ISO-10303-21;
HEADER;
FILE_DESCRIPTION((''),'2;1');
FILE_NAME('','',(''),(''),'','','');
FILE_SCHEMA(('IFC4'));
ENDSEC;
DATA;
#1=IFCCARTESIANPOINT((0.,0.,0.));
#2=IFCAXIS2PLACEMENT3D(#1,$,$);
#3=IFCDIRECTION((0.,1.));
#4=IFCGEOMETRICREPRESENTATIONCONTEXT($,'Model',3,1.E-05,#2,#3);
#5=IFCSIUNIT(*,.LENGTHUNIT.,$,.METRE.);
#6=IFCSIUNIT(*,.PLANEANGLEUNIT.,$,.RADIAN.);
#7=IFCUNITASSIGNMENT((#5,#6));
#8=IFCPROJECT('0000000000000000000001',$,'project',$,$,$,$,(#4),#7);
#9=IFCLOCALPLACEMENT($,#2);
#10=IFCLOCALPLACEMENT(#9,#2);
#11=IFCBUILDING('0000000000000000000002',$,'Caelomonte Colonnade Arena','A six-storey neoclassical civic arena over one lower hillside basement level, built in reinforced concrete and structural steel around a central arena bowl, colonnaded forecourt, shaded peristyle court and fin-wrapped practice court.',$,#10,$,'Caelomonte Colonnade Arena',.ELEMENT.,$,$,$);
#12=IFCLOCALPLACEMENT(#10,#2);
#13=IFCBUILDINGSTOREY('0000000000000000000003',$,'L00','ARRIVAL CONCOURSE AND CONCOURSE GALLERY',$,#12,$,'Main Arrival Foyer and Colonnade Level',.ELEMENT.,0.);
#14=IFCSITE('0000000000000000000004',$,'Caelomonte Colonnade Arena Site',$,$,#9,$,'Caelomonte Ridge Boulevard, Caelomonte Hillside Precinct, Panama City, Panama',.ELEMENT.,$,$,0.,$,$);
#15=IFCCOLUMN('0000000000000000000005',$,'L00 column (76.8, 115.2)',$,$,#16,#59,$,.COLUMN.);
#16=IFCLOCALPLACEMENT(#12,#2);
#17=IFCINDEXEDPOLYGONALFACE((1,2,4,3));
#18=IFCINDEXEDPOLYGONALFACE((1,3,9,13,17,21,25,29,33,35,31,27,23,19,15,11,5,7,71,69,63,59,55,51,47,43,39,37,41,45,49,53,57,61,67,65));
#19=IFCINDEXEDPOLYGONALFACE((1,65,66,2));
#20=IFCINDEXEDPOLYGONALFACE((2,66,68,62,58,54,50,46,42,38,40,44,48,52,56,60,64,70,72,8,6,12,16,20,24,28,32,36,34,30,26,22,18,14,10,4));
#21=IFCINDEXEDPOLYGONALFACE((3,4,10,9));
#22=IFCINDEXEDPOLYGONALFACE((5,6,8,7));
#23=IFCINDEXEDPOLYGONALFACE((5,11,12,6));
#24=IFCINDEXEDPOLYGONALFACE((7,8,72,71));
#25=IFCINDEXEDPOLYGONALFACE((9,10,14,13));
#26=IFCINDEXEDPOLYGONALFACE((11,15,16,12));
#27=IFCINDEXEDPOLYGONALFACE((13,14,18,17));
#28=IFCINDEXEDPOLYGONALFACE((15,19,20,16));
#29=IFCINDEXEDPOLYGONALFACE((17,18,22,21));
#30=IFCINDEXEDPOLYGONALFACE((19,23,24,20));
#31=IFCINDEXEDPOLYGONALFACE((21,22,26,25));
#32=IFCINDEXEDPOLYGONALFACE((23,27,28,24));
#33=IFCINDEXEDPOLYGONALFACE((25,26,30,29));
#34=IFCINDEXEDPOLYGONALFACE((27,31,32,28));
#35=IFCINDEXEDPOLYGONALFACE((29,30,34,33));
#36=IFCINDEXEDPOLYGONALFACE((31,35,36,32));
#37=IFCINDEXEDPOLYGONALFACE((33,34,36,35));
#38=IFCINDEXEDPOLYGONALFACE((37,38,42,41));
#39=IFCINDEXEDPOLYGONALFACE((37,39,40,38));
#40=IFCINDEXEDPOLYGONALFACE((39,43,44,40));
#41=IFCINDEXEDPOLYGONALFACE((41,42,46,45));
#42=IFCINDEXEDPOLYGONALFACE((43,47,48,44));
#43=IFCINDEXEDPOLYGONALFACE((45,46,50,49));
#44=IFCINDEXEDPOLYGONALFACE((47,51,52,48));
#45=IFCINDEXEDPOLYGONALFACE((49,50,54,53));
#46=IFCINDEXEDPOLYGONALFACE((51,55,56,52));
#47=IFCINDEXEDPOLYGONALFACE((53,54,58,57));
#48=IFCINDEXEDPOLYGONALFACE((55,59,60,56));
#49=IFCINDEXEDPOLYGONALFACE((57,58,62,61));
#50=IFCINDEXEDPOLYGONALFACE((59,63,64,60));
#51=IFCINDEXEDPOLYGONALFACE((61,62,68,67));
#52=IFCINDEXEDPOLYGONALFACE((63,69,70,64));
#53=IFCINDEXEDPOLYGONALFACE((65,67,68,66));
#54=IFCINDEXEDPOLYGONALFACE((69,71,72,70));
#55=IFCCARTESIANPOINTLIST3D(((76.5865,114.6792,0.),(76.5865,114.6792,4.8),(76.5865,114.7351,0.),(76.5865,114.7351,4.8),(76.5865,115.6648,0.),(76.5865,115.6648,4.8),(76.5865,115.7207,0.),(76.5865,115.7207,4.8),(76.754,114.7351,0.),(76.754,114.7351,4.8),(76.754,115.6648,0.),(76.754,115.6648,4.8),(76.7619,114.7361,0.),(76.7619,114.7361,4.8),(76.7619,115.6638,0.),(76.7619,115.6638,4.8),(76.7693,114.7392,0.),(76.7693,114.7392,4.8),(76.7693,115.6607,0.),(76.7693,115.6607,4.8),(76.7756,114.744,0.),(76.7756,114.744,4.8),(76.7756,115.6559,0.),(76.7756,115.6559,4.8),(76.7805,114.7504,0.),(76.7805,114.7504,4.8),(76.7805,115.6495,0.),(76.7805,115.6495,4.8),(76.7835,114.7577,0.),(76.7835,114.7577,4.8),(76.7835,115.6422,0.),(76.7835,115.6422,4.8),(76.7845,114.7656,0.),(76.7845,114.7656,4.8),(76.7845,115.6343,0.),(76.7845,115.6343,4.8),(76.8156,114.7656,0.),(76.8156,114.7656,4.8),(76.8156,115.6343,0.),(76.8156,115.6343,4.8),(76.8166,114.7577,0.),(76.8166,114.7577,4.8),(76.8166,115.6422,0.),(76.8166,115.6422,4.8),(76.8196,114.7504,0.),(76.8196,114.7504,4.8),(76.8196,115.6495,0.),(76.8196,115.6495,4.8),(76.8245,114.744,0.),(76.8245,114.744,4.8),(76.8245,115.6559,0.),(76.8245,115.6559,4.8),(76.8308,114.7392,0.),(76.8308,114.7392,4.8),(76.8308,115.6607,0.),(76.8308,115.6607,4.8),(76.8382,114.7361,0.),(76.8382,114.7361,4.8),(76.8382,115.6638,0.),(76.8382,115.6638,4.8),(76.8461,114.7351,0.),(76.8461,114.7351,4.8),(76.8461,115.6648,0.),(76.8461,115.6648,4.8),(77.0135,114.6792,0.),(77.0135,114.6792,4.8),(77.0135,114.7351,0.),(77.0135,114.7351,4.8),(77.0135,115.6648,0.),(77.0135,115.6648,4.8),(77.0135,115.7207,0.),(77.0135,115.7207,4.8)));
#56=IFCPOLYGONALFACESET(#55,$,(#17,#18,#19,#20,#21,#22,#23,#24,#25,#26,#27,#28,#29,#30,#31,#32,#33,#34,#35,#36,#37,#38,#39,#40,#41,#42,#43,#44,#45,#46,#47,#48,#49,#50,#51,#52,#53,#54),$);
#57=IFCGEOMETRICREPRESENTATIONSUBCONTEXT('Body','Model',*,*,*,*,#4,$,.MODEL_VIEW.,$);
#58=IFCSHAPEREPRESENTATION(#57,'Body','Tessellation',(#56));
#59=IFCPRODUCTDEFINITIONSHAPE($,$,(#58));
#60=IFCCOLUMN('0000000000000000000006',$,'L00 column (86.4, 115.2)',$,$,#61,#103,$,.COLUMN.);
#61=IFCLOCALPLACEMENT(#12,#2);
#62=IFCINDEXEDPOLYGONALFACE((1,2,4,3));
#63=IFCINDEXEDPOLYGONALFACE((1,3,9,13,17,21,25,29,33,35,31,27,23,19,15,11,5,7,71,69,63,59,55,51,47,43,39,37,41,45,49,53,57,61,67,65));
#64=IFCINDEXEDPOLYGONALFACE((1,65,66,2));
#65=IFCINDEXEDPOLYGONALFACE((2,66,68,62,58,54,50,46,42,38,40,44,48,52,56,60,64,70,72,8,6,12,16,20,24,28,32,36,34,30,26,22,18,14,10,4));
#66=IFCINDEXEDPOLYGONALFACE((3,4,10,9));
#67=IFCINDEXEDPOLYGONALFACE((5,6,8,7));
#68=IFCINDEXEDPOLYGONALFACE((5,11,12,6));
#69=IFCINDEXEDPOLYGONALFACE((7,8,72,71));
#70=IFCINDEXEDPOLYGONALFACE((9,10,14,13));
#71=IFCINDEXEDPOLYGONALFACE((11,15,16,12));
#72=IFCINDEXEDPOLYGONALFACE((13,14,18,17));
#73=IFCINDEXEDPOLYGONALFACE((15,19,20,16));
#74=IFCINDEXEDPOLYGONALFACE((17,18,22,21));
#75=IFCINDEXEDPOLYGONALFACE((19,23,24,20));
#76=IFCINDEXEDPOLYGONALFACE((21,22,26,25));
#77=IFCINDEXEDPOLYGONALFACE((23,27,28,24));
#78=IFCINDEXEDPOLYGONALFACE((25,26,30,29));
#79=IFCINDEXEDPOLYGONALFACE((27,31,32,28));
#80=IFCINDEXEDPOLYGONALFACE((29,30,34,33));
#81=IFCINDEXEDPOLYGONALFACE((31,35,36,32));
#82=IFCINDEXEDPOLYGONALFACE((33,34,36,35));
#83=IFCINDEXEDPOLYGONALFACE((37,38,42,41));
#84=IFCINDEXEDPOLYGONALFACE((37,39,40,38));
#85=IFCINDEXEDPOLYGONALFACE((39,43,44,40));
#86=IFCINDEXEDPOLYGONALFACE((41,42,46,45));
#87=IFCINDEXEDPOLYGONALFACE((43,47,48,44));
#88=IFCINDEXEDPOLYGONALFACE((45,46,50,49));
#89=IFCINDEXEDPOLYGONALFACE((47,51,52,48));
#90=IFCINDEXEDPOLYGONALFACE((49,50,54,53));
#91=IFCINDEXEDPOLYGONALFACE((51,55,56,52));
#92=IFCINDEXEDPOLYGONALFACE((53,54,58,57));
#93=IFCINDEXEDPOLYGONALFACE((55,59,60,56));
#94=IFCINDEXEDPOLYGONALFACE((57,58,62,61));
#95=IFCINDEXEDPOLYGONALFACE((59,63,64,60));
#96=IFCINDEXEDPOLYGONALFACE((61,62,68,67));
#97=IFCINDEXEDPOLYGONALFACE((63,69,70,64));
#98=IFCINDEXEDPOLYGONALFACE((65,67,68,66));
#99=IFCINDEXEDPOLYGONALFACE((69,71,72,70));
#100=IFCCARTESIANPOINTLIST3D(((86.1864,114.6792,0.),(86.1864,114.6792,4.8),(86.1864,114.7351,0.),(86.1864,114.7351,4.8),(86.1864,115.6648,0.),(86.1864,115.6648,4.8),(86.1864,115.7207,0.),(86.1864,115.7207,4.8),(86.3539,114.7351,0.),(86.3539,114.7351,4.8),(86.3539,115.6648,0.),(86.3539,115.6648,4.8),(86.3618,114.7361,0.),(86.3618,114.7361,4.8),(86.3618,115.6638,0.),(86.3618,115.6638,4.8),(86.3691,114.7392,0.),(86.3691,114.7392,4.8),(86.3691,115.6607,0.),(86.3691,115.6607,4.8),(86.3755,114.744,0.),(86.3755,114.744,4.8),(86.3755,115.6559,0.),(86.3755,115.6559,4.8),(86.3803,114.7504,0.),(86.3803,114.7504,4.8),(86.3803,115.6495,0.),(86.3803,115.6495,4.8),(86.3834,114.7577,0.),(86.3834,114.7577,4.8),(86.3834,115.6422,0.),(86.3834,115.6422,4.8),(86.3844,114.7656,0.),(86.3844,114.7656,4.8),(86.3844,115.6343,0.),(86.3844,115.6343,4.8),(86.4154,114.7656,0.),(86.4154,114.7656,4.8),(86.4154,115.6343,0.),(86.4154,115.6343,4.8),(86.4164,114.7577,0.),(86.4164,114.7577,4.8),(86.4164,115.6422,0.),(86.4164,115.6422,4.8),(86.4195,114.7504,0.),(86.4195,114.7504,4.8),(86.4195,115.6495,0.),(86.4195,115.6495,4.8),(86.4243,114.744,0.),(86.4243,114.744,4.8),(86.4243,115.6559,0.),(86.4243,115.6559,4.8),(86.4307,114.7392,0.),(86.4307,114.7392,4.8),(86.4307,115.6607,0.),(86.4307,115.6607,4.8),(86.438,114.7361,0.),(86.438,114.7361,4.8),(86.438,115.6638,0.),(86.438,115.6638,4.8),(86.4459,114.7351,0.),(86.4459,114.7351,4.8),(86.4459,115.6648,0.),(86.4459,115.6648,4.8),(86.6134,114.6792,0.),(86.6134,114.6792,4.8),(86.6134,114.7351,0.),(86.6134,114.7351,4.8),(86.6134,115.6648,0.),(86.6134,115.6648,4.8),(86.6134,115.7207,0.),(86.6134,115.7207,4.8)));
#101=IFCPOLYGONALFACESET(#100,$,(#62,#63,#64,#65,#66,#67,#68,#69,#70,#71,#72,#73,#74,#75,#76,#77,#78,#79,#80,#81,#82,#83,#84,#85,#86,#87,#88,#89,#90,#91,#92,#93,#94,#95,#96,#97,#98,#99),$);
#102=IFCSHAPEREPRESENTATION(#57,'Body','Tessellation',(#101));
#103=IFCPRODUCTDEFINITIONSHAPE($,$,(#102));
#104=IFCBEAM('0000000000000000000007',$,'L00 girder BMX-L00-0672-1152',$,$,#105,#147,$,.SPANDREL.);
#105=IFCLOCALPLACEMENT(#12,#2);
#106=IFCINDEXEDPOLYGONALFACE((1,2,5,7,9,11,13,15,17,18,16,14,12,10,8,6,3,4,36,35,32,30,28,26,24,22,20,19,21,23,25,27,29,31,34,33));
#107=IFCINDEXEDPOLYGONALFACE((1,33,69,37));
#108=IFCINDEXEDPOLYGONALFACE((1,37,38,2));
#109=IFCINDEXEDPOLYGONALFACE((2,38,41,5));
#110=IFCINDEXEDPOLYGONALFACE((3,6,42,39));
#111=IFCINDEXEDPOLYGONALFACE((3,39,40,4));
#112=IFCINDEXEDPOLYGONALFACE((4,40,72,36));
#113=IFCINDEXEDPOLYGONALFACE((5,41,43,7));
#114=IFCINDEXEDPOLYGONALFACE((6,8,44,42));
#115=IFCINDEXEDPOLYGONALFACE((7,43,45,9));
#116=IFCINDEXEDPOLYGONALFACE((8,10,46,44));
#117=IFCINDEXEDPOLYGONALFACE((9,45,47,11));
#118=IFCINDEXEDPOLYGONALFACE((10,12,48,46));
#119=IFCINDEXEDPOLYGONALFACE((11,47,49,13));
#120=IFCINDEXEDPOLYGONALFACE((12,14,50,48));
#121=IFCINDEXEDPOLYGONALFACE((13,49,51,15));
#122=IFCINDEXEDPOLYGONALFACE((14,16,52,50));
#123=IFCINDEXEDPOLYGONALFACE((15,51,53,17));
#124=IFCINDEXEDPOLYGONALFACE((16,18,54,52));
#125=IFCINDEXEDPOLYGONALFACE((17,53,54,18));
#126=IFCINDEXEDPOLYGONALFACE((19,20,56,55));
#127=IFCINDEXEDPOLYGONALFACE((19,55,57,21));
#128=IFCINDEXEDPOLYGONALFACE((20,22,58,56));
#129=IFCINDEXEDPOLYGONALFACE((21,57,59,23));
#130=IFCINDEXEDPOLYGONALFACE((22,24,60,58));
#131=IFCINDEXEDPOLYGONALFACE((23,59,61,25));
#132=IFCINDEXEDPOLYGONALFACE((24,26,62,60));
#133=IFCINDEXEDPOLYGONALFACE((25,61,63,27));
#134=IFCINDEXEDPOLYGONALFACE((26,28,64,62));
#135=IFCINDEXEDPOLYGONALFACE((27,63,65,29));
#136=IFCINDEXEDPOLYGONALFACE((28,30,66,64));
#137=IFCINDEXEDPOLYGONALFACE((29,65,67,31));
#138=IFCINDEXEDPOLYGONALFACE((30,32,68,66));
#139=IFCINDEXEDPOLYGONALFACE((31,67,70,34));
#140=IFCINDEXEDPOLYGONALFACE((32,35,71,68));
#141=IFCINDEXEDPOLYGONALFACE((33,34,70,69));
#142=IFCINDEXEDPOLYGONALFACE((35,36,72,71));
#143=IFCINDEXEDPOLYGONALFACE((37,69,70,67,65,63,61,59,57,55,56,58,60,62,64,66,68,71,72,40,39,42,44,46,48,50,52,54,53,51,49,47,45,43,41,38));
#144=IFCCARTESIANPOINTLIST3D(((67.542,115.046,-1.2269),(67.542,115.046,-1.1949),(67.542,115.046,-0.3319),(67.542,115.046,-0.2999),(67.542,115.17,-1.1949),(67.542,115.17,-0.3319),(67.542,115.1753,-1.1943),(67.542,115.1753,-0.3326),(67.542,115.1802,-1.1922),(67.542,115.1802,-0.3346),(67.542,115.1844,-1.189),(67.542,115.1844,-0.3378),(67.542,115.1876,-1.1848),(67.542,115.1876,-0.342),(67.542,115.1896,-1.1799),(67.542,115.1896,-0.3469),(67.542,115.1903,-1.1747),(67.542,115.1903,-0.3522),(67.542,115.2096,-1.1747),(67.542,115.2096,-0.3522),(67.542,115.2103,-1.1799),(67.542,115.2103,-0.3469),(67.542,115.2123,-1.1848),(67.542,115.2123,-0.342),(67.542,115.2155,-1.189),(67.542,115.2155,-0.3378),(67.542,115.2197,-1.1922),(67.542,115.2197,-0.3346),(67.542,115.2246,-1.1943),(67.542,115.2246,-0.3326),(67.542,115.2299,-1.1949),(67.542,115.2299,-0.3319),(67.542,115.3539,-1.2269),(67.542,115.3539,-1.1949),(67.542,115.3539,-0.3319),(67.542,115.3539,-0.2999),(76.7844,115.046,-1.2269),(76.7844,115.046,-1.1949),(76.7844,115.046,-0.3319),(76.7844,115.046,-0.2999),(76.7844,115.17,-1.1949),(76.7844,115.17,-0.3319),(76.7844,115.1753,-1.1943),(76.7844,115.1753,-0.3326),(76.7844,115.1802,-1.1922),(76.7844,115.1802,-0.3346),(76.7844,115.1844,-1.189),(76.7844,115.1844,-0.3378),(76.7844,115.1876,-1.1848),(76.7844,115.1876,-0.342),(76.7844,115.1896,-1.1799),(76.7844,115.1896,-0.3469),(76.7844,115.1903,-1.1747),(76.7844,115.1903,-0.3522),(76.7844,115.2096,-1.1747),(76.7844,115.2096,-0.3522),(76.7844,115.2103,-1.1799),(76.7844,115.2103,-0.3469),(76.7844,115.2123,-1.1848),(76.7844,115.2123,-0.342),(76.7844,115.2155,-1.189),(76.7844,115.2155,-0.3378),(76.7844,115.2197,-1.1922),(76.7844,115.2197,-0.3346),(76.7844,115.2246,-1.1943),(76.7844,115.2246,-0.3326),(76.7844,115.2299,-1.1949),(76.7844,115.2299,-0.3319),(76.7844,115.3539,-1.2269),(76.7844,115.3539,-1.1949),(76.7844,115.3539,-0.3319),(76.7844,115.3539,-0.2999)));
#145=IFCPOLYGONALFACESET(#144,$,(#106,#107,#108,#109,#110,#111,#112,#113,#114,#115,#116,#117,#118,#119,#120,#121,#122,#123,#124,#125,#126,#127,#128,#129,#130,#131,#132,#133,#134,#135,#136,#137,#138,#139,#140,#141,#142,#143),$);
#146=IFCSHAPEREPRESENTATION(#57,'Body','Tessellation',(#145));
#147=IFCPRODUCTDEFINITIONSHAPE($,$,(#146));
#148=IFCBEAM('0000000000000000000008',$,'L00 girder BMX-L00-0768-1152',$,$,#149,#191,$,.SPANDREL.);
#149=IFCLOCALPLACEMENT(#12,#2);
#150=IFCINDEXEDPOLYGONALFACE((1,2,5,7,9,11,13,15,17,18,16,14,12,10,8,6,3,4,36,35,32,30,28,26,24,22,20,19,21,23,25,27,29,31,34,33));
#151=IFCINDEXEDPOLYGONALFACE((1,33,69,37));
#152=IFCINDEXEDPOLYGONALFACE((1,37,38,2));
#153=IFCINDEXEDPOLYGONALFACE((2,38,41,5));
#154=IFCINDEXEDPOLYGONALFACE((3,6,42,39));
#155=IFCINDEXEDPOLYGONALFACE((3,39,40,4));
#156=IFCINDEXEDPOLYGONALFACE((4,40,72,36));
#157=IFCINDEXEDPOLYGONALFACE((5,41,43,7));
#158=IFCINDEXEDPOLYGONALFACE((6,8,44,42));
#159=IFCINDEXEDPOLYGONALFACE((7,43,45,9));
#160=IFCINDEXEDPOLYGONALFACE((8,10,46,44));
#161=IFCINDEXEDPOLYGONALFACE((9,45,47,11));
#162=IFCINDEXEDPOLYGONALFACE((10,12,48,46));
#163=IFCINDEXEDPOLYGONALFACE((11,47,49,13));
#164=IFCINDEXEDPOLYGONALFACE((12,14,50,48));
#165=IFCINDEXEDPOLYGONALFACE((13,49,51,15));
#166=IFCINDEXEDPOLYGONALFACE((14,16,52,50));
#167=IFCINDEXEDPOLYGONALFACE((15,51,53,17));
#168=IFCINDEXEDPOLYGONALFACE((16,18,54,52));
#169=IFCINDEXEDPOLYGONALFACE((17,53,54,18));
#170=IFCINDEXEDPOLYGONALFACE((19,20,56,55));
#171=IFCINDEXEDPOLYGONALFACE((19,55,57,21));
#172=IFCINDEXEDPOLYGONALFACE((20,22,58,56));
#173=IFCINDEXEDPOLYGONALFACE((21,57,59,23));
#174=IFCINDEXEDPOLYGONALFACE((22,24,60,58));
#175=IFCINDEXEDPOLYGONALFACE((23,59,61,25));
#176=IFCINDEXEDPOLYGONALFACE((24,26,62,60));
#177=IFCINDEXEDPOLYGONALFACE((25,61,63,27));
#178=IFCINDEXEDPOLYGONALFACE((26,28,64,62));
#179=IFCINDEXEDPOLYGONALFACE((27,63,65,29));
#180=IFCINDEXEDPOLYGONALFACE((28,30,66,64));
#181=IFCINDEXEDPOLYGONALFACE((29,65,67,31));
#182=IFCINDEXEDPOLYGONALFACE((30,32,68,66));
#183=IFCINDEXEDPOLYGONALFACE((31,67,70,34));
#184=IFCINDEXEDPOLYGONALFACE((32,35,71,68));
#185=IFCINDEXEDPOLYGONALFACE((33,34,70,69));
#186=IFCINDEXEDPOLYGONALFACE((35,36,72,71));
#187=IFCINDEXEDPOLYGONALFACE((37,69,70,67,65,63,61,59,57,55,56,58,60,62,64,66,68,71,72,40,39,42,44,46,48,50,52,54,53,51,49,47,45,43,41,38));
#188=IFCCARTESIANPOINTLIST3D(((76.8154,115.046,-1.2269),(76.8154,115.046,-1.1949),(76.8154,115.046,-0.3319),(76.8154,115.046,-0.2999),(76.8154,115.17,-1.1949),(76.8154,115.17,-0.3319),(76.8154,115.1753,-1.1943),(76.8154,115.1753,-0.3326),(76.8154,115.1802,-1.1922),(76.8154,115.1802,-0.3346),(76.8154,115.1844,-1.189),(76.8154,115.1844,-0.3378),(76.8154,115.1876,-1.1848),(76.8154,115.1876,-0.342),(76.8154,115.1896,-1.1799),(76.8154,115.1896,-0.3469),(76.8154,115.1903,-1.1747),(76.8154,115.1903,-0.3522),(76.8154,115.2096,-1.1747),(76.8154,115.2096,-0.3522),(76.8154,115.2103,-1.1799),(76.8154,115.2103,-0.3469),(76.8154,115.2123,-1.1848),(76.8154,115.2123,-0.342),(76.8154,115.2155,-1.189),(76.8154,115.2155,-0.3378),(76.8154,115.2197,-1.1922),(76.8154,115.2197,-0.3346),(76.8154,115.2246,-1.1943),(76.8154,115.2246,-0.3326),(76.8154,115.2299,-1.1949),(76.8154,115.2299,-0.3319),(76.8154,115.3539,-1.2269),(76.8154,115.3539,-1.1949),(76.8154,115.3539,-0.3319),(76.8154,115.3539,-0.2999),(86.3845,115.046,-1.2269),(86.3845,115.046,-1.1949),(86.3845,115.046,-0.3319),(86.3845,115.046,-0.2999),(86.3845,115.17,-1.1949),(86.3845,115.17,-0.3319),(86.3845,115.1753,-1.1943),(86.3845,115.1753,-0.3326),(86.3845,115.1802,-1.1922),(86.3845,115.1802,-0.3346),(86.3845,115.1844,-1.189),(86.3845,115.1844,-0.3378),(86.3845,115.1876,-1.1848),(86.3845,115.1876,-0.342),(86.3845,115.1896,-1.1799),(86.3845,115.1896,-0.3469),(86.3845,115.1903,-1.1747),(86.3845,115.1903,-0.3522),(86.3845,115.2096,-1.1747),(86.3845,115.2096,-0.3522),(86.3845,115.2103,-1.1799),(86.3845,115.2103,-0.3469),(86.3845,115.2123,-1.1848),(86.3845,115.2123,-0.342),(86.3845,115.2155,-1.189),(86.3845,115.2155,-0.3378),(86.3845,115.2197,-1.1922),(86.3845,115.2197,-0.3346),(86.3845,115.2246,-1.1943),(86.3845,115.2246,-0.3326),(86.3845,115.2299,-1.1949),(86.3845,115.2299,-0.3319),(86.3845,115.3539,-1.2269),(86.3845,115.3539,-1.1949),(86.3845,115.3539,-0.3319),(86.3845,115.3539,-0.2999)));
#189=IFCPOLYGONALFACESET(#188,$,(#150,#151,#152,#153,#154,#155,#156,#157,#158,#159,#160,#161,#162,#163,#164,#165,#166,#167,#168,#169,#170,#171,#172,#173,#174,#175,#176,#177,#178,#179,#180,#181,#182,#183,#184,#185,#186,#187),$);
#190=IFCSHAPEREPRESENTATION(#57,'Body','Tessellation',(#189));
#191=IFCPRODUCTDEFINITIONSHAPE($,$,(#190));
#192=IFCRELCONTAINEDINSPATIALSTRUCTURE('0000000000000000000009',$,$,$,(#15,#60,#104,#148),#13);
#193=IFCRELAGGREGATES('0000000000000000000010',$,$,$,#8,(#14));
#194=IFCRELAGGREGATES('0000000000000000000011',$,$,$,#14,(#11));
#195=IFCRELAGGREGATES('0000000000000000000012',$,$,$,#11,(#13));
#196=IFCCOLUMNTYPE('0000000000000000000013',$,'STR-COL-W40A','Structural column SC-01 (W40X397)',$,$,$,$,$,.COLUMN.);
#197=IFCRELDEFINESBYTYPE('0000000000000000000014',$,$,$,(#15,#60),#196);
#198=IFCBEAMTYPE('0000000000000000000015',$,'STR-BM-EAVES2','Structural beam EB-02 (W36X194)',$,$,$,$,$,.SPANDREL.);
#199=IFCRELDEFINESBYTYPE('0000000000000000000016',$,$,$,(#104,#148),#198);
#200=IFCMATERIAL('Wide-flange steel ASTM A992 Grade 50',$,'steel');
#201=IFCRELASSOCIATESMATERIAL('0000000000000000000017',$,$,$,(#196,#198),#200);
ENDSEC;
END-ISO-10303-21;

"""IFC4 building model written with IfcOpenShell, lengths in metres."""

from ifc_helpers import new_model, si_unit, direction, frame, origin, origin_2d, place, context, subcontext, project, spatial, i_section, extrude, material, material_profile, profile_set, type_object, element, save


model = new_model("IFC4")

# Units and contexts
model_context = context("Model", 3, precision=1e-05, world=origin(), true_north=direction((0.0, 1.0)))
body_context = subcontext(model_context, "Body", "Model", "MODEL_VIEW")
ifc_project = project(units=[si_unit("LENGTHUNIT", "METRE"), si_unit("PLANEANGLEUNIT", "RADIAN")], contexts=[model_context])

# Site, building, storey
site_placement = place(None, origin())
site = spatial("IfcSite", under=ifc_project, at=site_placement, Name="Caelomonte Colonnade Arena Site", LongName="Caelomonte Ridge Boulevard, Caelomonte Hillside Precinct, Panama City, Panama", CompositionType="ELEMENT", RefElevation=0.0)
building_placement = place(site_placement, origin())
building = spatial("IfcBuilding", under=site, at=building_placement, Name="Caelomonte Colonnade Arena", Description="A six-storey neoclassical civic arena over one lower hillside basement level, built in reinforced concrete and structural steel around a central arena bowl, colonnaded forecourt, shaded peristyle court and fin-wrapped practice court.", LongName="Caelomonte Colonnade Arena", CompositionType="ELEMENT")
storey_placement = place(building_placement, origin())
storey = spatial("IfcBuildingStorey", under=building, at=storey_placement, Name="L00", Description="ARRIVAL CONCOURSE AND CONCOURSE GALLERY", LongName="Main Arrival Foyer and Colonnade Level", CompositionType="ELEMENT", Elevation=0.0)

# Columns
ifc_material_1 = material(Name="Wide-flange steel ASTM A992 Grade 50", Category="steel")
ifc_material_profile_1 = material_profile(ifc_material_1, i_section(OverallWidth=0.427, OverallDepth=1.0415, WebThickness=0.031, FlangeThickness=0.0559, FilletRadius=0.0305, at=origin_2d()), Name="W40X397")
ifc_profile_set_1 = profile_set([ifc_material_profile_1], Name="Wide-flange steel ASTM A992 Grade 50")
column_type = type_object("IfcColumnType", Name="STR-COL-W40A", Description="Structural column SC-01 (W40X397)", PredefinedType="COLUMN", material=ifc_profile_set_1)
for number, where, z_axis, x_axis, name in (
    (1, (76.8, 115.2, 0.0), (0.0, 0.0, 1.0), (1.0, 0.0, 0.0), "L00 column (76.8, 115.2)"),
    (2, (86.3999, 115.2, 0.0), (0.0, 0.0, 1.0), (1.0, 0.0, 0.0), "L00 column (86.4, 115.2)"),
):
    element("IfcColumn", number, at=place(storey_placement, frame(where, z_axis=z_axis, x_axis=x_axis)), inside=storey, type_object=column_type, Name=name, PredefinedType="COLUMN", context=body_context, shape_type="SweptSolid", body=[
        extrude(i_section(OverallWidth=0.427, OverallDepth=1.0415, WebThickness=0.031, FlangeThickness=0.0559, FilletRadius=0.0305, at=origin_2d()), origin(), (0.0, 0.0, 1.0), 4.8),
    ])

# Beams
ifc_material_profile_2 = material_profile(ifc_material_1, i_section(OverallWidth=0.3079, OverallDepth=0.927, WebThickness=0.0193, FlangeThickness=0.032, FilletRadius=0.0203, at=origin_2d()), Name="W36X194")
ifc_profile_set_2 = profile_set([ifc_material_profile_2], Name="Wide-flange steel ASTM A992 Grade 50")
beam_type_1 = type_object("IfcBeamType", Name="STR-BM-EAVES2", Description="Structural beam EB-02 (W36X194)", PredefinedType="SPANDREL", material=ifc_profile_set_2)
beam_1_placement = place(storey_placement, frame((67.542, 115.2, -0.7634), z_axis=(1.0, 0.0, 0.0), x_axis=(0.0, 1.0, 0.0)))
element("IfcBeam", 3, at=beam_1_placement, inside=storey, type_object=beam_type_1, Name="L00 girder BMX-L00-0672-1152", PredefinedType="SPANDREL", context=body_context, shape_type="SweptSolid", body=[
    extrude(i_section(OverallWidth=0.3079, OverallDepth=0.927, WebThickness=0.0193, FlangeThickness=0.032, FilletRadius=0.0203, at=origin_2d()), origin(), (0.0, 0.0, 1.0), 9.2424),
])
beam_2_placement = place(storey_placement, frame((76.8154, 115.2, -0.7634), z_axis=(1.0, 0.0, 0.0), x_axis=(0.0, 1.0, 0.0)))
element("IfcBeam", 4, at=beam_2_placement, inside=storey, type_object=beam_type_1, Name="L00 girder BMX-L00-0768-1152", PredefinedType="SPANDREL", context=body_context, shape_type="SweptSolid", body=[
    extrude(i_section(OverallWidth=0.3079, OverallDepth=0.927, WebThickness=0.0193, FlangeThickness=0.032, FilletRadius=0.0203, at=origin_2d()), origin(), (0.0, 0.0, 1.0), 9.5691),
])

save(model, "model.ifc")
